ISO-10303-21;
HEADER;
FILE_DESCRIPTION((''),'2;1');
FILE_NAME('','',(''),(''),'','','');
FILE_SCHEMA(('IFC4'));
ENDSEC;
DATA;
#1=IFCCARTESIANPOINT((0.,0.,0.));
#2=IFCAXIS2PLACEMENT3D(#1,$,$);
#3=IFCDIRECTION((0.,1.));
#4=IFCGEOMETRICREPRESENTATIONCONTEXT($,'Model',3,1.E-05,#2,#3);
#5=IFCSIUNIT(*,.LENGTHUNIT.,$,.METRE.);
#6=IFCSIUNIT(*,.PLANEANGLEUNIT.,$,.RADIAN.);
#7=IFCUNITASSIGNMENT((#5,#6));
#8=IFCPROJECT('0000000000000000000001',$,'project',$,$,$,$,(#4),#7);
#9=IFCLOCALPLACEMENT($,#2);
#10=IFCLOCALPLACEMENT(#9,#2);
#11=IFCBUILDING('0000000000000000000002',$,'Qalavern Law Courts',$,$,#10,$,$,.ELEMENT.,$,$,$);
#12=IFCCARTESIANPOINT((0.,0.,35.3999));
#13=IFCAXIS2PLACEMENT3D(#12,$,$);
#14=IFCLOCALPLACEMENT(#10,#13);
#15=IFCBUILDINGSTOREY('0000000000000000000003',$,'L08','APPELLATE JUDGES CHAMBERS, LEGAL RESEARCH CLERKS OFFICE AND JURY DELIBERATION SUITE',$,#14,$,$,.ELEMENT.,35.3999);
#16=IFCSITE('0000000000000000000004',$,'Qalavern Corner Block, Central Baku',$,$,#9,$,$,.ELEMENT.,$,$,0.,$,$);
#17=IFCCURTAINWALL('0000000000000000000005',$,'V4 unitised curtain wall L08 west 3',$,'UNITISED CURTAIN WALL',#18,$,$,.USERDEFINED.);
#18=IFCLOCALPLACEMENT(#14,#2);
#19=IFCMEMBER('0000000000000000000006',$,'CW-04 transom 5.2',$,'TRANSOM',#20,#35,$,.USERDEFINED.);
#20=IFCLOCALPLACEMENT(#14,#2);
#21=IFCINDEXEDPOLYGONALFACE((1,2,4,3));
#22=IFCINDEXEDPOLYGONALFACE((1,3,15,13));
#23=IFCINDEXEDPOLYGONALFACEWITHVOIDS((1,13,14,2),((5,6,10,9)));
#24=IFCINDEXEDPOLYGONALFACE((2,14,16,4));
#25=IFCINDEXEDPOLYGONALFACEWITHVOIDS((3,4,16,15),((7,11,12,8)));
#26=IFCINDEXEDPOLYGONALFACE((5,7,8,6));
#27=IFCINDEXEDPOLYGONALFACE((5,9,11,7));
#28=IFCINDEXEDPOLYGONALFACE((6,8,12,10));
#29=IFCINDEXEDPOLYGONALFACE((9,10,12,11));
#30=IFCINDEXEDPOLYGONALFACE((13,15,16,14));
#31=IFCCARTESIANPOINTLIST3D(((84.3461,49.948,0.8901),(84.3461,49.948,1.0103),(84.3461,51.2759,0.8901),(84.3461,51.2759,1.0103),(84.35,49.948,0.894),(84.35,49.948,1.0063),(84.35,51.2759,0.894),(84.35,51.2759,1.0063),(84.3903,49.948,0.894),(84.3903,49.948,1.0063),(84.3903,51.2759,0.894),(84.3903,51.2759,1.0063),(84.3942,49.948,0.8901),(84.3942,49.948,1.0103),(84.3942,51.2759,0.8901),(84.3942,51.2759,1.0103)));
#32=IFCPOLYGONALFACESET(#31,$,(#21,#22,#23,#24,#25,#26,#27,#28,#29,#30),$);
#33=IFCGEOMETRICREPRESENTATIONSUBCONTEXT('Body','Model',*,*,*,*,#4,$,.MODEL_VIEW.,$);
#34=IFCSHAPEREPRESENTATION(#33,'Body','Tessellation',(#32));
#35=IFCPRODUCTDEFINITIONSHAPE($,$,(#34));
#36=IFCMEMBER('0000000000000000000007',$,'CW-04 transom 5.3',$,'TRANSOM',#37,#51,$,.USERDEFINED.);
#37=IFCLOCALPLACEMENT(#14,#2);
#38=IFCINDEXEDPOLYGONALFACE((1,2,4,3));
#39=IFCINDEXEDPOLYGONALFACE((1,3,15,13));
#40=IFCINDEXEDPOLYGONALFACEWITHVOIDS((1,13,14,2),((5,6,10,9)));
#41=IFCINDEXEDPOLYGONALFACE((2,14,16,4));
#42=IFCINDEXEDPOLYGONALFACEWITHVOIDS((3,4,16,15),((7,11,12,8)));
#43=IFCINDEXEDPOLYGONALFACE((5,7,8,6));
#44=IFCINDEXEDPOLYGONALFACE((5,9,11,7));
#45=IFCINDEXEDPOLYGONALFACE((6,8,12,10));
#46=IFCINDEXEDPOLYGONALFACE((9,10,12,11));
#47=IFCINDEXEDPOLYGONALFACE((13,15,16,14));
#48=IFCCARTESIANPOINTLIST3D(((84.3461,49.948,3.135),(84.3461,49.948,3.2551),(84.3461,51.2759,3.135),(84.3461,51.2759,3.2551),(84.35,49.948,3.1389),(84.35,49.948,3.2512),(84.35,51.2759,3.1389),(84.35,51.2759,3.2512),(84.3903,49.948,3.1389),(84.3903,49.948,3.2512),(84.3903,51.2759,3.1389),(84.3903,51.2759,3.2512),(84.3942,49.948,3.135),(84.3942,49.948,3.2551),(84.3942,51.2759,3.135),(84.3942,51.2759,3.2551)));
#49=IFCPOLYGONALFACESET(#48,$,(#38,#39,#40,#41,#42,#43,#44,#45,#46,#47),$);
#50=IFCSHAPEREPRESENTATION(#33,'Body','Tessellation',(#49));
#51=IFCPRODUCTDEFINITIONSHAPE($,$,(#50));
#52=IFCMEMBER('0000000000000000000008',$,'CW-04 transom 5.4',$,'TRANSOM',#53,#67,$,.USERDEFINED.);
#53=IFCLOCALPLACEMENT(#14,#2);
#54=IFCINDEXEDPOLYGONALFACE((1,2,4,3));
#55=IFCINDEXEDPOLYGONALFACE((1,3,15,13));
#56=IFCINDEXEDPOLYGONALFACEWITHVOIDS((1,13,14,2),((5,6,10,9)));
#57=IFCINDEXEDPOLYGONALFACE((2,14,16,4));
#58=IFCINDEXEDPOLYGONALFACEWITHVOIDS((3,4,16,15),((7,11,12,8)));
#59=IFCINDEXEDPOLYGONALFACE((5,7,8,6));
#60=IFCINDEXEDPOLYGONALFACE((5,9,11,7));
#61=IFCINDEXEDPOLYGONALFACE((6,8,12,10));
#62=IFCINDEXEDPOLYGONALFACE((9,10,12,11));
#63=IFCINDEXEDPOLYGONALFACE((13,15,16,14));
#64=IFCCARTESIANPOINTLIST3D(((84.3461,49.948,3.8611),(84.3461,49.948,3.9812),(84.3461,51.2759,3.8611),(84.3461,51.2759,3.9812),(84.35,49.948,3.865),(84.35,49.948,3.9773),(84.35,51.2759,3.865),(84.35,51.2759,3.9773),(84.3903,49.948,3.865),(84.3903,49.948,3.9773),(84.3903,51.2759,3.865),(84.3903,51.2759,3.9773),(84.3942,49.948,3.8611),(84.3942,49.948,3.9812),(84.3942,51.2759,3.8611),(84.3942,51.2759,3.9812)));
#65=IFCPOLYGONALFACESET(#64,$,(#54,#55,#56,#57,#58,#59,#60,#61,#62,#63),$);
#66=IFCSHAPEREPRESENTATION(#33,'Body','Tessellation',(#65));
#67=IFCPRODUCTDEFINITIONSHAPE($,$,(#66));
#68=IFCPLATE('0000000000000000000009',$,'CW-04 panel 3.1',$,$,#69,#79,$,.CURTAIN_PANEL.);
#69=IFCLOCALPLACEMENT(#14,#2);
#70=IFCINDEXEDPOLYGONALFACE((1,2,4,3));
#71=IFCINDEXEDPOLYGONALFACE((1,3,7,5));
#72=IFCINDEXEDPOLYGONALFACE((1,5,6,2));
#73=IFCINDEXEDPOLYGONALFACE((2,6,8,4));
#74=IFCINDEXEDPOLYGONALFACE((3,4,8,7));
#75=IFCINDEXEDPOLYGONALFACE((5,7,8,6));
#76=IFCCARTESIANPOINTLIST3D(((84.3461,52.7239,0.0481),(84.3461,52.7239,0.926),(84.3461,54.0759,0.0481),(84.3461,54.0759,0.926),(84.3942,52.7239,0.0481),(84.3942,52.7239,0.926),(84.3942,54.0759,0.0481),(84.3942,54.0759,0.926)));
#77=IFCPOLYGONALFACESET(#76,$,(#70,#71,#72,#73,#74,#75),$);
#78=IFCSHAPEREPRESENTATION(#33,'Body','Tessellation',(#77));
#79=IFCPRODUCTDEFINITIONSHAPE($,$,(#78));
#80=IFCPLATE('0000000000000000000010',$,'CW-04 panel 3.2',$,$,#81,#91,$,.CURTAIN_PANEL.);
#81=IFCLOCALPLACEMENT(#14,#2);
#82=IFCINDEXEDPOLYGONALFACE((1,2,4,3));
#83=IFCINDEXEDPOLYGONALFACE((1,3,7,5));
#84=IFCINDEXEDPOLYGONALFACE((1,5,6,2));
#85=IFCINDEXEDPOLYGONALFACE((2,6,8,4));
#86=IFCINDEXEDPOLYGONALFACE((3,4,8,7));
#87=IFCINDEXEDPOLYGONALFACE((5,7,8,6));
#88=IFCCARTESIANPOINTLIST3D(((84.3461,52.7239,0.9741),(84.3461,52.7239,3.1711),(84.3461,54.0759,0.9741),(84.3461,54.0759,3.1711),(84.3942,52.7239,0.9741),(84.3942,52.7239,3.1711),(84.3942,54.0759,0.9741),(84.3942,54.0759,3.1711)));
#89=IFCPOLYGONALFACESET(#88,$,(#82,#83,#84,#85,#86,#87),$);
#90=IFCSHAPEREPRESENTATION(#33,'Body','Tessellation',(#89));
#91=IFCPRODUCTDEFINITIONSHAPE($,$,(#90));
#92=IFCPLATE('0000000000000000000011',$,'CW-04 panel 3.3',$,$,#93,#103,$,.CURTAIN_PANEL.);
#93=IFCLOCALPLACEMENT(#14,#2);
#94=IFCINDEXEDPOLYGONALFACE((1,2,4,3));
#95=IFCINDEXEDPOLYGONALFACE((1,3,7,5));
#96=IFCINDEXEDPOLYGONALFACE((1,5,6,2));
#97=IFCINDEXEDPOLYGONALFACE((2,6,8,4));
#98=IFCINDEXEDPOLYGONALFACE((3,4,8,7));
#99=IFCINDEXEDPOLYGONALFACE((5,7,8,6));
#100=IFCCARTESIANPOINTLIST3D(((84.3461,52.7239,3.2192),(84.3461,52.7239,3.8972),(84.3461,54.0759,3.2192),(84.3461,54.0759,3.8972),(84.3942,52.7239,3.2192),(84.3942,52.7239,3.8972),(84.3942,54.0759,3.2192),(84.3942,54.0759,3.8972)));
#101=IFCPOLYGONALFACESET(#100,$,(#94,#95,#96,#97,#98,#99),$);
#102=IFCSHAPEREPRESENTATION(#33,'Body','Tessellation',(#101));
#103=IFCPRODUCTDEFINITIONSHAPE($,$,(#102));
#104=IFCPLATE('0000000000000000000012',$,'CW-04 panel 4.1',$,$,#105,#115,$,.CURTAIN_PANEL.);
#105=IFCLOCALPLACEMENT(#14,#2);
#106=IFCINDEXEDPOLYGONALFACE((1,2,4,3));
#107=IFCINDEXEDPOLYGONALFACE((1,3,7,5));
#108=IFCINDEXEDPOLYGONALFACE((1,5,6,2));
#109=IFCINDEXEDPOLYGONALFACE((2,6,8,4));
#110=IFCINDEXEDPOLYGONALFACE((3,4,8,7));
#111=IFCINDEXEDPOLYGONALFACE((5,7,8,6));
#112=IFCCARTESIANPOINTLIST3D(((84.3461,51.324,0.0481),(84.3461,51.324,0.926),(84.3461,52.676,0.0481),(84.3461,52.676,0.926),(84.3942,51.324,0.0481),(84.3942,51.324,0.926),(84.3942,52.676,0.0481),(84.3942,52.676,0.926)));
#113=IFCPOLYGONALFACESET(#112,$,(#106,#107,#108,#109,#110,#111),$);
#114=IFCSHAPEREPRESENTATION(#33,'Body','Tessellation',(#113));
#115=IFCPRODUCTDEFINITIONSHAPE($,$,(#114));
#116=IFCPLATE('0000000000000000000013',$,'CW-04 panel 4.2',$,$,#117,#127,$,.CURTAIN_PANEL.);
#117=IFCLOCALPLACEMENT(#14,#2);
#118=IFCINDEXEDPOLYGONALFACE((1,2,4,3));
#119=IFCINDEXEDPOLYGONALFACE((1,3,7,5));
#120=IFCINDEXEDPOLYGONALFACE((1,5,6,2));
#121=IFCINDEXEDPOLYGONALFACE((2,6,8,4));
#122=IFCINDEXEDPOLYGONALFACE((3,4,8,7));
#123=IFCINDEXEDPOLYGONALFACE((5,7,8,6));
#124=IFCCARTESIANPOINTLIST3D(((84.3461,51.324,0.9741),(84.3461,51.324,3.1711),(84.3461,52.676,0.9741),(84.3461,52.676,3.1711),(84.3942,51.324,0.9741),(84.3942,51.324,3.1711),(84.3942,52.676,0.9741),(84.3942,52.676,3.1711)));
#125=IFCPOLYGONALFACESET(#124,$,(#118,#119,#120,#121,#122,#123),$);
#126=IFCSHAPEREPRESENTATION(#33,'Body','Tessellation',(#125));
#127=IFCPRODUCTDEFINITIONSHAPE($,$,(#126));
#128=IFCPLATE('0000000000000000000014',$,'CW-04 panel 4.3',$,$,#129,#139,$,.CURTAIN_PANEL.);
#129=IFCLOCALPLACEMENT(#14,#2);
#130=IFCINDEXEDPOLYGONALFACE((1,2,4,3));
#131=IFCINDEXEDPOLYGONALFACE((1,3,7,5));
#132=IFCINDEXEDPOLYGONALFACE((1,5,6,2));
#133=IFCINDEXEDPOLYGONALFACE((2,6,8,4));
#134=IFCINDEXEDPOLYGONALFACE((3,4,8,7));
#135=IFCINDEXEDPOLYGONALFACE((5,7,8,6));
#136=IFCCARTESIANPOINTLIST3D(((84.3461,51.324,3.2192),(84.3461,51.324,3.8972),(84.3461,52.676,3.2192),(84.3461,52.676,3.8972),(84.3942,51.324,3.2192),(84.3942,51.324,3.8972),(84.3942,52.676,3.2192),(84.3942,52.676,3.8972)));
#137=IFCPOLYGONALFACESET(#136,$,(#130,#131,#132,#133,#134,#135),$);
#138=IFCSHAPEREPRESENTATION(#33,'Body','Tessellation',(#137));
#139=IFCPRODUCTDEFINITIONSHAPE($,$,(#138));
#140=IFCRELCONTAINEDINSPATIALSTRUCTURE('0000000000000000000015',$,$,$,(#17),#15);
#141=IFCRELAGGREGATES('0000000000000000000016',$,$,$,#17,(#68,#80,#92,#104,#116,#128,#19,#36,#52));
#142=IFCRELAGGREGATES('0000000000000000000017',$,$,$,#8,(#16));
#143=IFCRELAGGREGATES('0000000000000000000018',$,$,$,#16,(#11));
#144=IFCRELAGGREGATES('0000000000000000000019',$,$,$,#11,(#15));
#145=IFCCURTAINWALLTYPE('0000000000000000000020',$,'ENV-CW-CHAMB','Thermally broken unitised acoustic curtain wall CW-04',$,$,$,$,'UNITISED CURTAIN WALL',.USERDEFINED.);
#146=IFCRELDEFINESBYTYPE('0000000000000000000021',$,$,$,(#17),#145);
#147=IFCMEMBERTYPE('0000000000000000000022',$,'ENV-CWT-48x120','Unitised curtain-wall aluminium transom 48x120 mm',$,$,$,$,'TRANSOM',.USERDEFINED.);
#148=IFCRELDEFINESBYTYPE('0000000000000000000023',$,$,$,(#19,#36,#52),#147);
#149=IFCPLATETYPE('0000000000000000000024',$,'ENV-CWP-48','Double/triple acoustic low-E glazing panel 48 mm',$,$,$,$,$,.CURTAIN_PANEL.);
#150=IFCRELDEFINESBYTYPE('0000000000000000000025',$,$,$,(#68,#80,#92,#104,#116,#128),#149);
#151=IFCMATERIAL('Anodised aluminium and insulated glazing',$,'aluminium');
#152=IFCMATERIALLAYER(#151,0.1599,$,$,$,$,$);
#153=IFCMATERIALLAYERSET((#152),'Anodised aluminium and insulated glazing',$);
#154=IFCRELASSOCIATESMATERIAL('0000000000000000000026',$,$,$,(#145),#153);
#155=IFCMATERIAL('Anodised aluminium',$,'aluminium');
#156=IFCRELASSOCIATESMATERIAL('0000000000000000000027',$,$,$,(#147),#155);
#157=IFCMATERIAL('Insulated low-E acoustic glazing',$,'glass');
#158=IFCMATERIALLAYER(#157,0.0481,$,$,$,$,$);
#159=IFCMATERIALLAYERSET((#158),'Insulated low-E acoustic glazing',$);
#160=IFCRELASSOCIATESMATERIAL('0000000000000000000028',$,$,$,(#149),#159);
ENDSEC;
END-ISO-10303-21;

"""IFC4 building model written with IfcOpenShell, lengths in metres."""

from ifc_helpers import new_model, si_unit, direction, frame, origin, origin_2d, place, context, subcontext, project, spatial, rectangle, hollow_rectangle, extrude, material, layer, layer_set, material_profile, profile_set, type_object, element, aggregate, save


model = new_model("IFC4")

# Units and contexts
model_context = context("Model", 3, precision=1e-05, world=origin(), true_north=direction((0.0, 1.0)))
body_context = subcontext(model_context, "Body", "Model", "MODEL_VIEW")
ifc_project = project(units=[si_unit("LENGTHUNIT", "METRE"), si_unit("PLANEANGLEUNIT", "RADIAN")], contexts=[model_context])

# Site, building, storey
site_placement = place(None, origin())
site = spatial("IfcSite", under=ifc_project, at=site_placement, Name="Qalavern Corner Block, Central Baku", CompositionType="ELEMENT", RefElevation=0.0)
building_placement = place(site_placement, origin())
building = spatial("IfcBuilding", under=site, at=building_placement, Name="Qalavern Law Courts", CompositionType="ELEMENT")
storey_placement = place(building_placement, frame((0.0, 0.0, 35.3999)))
storey = spatial("IfcBuildingStorey", under=building, at=storey_placement, Name="L08", Description="APPELLATE JUDGES CHAMBERS, LEGAL RESEARCH CLERKS OFFICE AND JURY DELIBERATION SUITE", CompositionType="ELEMENT", Elevation=35.3999)

# Curtain wall, members, plates
ifc_material_1 = material(Name="Anodised aluminium and insulated glazing", Category="aluminium")
ifc_layer_1 = layer(ifc_material_1, 0.1599)
ifc_layer_set_1 = layer_set([ifc_layer_1], Name="Anodised aluminium and insulated glazing")
curtain_wall_type = type_object("IfcCurtainWallType", Name="ENV-CW-CHAMB", Description="Thermally broken unitised acoustic curtain wall CW-04", ElementType="UNITISED CURTAIN WALL", PredefinedType="USERDEFINED", material=ifc_layer_set_1)
curtain_wall_placement = place(storey_placement, origin())
curtain_wall = element("IfcCurtainWall", 1, at=curtain_wall_placement, inside=storey, type_object=curtain_wall_type, Name="V4 unitised curtain wall L08 west 3", ObjectType="UNITISED CURTAIN WALL", PredefinedType="USERDEFINED")
ifc_material_2 = material(Name="Anodised aluminium", Category="aluminium")
ifc_material_profile_1 = material_profile(ifc_material_2, hollow_rectangle(XDim=0.0481, YDim=0.1201, WallThickness=0.0039, at=origin_2d()), Name="ALU TRANSOM 48x120")
ifc_profile_set_1 = profile_set([ifc_material_profile_1], Name="Anodised aluminium")
member_type_1 = type_object("IfcMemberType", Name="ENV-CWT-48x120", Description="Unitised curtain-wall aluminium transom 48x120 mm", ElementType="TRANSOM", PredefinedType="USERDEFINED", material=ifc_profile_set_1)
member_1_placement = place(storey_placement, frame((84.3701, 51.2759, 0.9502), z_axis=(0.0, -1.0, 0.0), x_axis=(1.0, 0.0, 0.0)))
member_1 = element("IfcMember", 2, at=member_1_placement, type_object=member_type_1, Name="CW-04 transom 5.2", ObjectType="TRANSOM", PredefinedType="USERDEFINED", context=body_context, shape_type="SweptSolid", body=[
    extrude(hollow_rectangle(XDim=0.0481, YDim=0.1201, WallThickness=0.0039, at=origin_2d()), origin(), (0.0, 0.0, 1.0), 1.3279),
])
member_2_placement = place(storey_placement, frame((84.3701, 51.2759, 3.1951), z_axis=(0.0, -1.0, 0.0), x_axis=(1.0, 0.0, 0.0)))
member_2 = element("IfcMember", 3, at=member_2_placement, type_object=member_type_1, Name="CW-04 transom 5.3", ObjectType="TRANSOM", PredefinedType="USERDEFINED", context=body_context, shape_type="SweptSolid", body=[
    extrude(hollow_rectangle(XDim=0.0481, YDim=0.1201, WallThickness=0.0039, at=origin_2d()), origin(), (0.0, 0.0, 1.0), 1.3279),
])
member_3_placement = place(storey_placement, frame((84.3701, 51.2759, 3.9211), z_axis=(0.0, -1.0, 0.0), x_axis=(1.0, 0.0, 0.0)))
member_3 = element("IfcMember", 4, at=member_3_placement, type_object=member_type_1, Name="CW-04 transom 5.4", ObjectType="TRANSOM", PredefinedType="USERDEFINED", context=body_context, shape_type="SweptSolid", body=[
    extrude(hollow_rectangle(XDim=0.0481, YDim=0.1201, WallThickness=0.0039, at=origin_2d()), origin(), (0.0, 0.0, 1.0), 1.3279),
])
ifc_material_3 = material(Name="Insulated low-E acoustic glazing", Category="glass")
ifc_layer_2 = layer(ifc_material_3, 0.0481)
ifc_layer_set_2 = layer_set([ifc_layer_2], Name="Insulated low-E acoustic glazing")
plate_type = type_object("IfcPlateType", Name="ENV-CWP-48", Description="Double/triple acoustic low-E glazing panel 48 mm", PredefinedType="CURTAIN_PANEL", material=ifc_layer_set_2)
plate_1_placement = place(storey_placement, frame((84.3701, 53.3999, 0.0481), z_axis=(0.0, 0.0, 1.0), x_axis=(0.0, -1.0, 0.0)))
plate_1 = element("IfcPlate", 5, at=plate_1_placement, type_object=plate_type, Name="CW-04 panel 3.1", PredefinedType="CURTAIN_PANEL", context=body_context, shape_type="SweptSolid", body=[
    extrude(rectangle(XDim=1.3521, YDim=0.0481, at=origin_2d()), origin(), (0.0, 0.0, 1.0), 0.8779),
])
plate_2_placement = place(storey_placement, frame((84.3701, 53.3999, 0.9741), z_axis=(0.0, 0.0, 1.0), x_axis=(0.0, -1.0, 0.0)))
plate_2 = element("IfcPlate", 6, at=plate_2_placement, type_object=plate_type, Name="CW-04 panel 3.2", PredefinedType="CURTAIN_PANEL", context=body_context, shape_type="SweptSolid", body=[
    extrude(rectangle(XDim=1.3521, YDim=0.0481, at=origin_2d()), origin(), (0.0, 0.0, 1.0), 2.197),
])
plate_3_placement = place(storey_placement, frame((84.3701, 53.3999, 3.2192), z_axis=(0.0, 0.0, 1.0), x_axis=(0.0, -1.0, 0.0)))
plate_3 = element("IfcPlate", 7, at=plate_3_placement, type_object=plate_type, Name="CW-04 panel 3.3", PredefinedType="CURTAIN_PANEL", context=body_context, shape_type="SweptSolid", body=[
    extrude(rectangle(XDim=1.3521, YDim=0.0481, at=origin_2d()), origin(), (0.0, 0.0, 1.0), 0.678),
])
plate_4_placement = place(storey_placement, frame((84.3701, 52.0, 0.0481), z_axis=(0.0, 0.0, 1.0), x_axis=(0.0, -1.0, 0.0)))
plate_4 = element("IfcPlate", 8, at=plate_4_placement, type_object=plate_type, Name="CW-04 panel 4.1", PredefinedType="CURTAIN_PANEL", context=body_context, shape_type="SweptSolid", body=[
    extrude(rectangle(XDim=1.3521, YDim=0.0481, at=origin_2d()), origin(), (0.0, 0.0, 1.0), 0.8779),
])
plate_5_placement = place(storey_placement, frame((84.3701, 52.0, 0.9741), z_axis=(0.0, 0.0, 1.0), x_axis=(0.0, -1.0, 0.0)))
plate_5 = element("IfcPlate", 9, at=plate_5_placement, type_object=plate_type, Name="CW-04 panel 4.2", PredefinedType="CURTAIN_PANEL", context=body_context, shape_type="SweptSolid", body=[
    extrude(rectangle(XDim=1.3521, YDim=0.0481, at=origin_2d()), origin(), (0.0, 0.0, 1.0), 2.197),
])
plate_6_placement = place(storey_placement, frame((84.3701, 52.0, 3.2192), z_axis=(0.0, 0.0, 1.0), x_axis=(0.0, -1.0, 0.0)))
plate_6 = element("IfcPlate", 10, at=plate_6_placement, type_object=plate_type, Name="CW-04 panel 4.3", PredefinedType="CURTAIN_PANEL", context=body_context, shape_type="SweptSolid", body=[
    extrude(rectangle(XDim=1.3521, YDim=0.0481, at=origin_2d()), origin(), (0.0, 0.0, 1.0), 0.678),
])
aggregate(curtain_wall, [plate_1, plate_2, plate_3, plate_4, plate_5, plate_6, member_1, member_2, member_3])

save(model, "model.ifc")
